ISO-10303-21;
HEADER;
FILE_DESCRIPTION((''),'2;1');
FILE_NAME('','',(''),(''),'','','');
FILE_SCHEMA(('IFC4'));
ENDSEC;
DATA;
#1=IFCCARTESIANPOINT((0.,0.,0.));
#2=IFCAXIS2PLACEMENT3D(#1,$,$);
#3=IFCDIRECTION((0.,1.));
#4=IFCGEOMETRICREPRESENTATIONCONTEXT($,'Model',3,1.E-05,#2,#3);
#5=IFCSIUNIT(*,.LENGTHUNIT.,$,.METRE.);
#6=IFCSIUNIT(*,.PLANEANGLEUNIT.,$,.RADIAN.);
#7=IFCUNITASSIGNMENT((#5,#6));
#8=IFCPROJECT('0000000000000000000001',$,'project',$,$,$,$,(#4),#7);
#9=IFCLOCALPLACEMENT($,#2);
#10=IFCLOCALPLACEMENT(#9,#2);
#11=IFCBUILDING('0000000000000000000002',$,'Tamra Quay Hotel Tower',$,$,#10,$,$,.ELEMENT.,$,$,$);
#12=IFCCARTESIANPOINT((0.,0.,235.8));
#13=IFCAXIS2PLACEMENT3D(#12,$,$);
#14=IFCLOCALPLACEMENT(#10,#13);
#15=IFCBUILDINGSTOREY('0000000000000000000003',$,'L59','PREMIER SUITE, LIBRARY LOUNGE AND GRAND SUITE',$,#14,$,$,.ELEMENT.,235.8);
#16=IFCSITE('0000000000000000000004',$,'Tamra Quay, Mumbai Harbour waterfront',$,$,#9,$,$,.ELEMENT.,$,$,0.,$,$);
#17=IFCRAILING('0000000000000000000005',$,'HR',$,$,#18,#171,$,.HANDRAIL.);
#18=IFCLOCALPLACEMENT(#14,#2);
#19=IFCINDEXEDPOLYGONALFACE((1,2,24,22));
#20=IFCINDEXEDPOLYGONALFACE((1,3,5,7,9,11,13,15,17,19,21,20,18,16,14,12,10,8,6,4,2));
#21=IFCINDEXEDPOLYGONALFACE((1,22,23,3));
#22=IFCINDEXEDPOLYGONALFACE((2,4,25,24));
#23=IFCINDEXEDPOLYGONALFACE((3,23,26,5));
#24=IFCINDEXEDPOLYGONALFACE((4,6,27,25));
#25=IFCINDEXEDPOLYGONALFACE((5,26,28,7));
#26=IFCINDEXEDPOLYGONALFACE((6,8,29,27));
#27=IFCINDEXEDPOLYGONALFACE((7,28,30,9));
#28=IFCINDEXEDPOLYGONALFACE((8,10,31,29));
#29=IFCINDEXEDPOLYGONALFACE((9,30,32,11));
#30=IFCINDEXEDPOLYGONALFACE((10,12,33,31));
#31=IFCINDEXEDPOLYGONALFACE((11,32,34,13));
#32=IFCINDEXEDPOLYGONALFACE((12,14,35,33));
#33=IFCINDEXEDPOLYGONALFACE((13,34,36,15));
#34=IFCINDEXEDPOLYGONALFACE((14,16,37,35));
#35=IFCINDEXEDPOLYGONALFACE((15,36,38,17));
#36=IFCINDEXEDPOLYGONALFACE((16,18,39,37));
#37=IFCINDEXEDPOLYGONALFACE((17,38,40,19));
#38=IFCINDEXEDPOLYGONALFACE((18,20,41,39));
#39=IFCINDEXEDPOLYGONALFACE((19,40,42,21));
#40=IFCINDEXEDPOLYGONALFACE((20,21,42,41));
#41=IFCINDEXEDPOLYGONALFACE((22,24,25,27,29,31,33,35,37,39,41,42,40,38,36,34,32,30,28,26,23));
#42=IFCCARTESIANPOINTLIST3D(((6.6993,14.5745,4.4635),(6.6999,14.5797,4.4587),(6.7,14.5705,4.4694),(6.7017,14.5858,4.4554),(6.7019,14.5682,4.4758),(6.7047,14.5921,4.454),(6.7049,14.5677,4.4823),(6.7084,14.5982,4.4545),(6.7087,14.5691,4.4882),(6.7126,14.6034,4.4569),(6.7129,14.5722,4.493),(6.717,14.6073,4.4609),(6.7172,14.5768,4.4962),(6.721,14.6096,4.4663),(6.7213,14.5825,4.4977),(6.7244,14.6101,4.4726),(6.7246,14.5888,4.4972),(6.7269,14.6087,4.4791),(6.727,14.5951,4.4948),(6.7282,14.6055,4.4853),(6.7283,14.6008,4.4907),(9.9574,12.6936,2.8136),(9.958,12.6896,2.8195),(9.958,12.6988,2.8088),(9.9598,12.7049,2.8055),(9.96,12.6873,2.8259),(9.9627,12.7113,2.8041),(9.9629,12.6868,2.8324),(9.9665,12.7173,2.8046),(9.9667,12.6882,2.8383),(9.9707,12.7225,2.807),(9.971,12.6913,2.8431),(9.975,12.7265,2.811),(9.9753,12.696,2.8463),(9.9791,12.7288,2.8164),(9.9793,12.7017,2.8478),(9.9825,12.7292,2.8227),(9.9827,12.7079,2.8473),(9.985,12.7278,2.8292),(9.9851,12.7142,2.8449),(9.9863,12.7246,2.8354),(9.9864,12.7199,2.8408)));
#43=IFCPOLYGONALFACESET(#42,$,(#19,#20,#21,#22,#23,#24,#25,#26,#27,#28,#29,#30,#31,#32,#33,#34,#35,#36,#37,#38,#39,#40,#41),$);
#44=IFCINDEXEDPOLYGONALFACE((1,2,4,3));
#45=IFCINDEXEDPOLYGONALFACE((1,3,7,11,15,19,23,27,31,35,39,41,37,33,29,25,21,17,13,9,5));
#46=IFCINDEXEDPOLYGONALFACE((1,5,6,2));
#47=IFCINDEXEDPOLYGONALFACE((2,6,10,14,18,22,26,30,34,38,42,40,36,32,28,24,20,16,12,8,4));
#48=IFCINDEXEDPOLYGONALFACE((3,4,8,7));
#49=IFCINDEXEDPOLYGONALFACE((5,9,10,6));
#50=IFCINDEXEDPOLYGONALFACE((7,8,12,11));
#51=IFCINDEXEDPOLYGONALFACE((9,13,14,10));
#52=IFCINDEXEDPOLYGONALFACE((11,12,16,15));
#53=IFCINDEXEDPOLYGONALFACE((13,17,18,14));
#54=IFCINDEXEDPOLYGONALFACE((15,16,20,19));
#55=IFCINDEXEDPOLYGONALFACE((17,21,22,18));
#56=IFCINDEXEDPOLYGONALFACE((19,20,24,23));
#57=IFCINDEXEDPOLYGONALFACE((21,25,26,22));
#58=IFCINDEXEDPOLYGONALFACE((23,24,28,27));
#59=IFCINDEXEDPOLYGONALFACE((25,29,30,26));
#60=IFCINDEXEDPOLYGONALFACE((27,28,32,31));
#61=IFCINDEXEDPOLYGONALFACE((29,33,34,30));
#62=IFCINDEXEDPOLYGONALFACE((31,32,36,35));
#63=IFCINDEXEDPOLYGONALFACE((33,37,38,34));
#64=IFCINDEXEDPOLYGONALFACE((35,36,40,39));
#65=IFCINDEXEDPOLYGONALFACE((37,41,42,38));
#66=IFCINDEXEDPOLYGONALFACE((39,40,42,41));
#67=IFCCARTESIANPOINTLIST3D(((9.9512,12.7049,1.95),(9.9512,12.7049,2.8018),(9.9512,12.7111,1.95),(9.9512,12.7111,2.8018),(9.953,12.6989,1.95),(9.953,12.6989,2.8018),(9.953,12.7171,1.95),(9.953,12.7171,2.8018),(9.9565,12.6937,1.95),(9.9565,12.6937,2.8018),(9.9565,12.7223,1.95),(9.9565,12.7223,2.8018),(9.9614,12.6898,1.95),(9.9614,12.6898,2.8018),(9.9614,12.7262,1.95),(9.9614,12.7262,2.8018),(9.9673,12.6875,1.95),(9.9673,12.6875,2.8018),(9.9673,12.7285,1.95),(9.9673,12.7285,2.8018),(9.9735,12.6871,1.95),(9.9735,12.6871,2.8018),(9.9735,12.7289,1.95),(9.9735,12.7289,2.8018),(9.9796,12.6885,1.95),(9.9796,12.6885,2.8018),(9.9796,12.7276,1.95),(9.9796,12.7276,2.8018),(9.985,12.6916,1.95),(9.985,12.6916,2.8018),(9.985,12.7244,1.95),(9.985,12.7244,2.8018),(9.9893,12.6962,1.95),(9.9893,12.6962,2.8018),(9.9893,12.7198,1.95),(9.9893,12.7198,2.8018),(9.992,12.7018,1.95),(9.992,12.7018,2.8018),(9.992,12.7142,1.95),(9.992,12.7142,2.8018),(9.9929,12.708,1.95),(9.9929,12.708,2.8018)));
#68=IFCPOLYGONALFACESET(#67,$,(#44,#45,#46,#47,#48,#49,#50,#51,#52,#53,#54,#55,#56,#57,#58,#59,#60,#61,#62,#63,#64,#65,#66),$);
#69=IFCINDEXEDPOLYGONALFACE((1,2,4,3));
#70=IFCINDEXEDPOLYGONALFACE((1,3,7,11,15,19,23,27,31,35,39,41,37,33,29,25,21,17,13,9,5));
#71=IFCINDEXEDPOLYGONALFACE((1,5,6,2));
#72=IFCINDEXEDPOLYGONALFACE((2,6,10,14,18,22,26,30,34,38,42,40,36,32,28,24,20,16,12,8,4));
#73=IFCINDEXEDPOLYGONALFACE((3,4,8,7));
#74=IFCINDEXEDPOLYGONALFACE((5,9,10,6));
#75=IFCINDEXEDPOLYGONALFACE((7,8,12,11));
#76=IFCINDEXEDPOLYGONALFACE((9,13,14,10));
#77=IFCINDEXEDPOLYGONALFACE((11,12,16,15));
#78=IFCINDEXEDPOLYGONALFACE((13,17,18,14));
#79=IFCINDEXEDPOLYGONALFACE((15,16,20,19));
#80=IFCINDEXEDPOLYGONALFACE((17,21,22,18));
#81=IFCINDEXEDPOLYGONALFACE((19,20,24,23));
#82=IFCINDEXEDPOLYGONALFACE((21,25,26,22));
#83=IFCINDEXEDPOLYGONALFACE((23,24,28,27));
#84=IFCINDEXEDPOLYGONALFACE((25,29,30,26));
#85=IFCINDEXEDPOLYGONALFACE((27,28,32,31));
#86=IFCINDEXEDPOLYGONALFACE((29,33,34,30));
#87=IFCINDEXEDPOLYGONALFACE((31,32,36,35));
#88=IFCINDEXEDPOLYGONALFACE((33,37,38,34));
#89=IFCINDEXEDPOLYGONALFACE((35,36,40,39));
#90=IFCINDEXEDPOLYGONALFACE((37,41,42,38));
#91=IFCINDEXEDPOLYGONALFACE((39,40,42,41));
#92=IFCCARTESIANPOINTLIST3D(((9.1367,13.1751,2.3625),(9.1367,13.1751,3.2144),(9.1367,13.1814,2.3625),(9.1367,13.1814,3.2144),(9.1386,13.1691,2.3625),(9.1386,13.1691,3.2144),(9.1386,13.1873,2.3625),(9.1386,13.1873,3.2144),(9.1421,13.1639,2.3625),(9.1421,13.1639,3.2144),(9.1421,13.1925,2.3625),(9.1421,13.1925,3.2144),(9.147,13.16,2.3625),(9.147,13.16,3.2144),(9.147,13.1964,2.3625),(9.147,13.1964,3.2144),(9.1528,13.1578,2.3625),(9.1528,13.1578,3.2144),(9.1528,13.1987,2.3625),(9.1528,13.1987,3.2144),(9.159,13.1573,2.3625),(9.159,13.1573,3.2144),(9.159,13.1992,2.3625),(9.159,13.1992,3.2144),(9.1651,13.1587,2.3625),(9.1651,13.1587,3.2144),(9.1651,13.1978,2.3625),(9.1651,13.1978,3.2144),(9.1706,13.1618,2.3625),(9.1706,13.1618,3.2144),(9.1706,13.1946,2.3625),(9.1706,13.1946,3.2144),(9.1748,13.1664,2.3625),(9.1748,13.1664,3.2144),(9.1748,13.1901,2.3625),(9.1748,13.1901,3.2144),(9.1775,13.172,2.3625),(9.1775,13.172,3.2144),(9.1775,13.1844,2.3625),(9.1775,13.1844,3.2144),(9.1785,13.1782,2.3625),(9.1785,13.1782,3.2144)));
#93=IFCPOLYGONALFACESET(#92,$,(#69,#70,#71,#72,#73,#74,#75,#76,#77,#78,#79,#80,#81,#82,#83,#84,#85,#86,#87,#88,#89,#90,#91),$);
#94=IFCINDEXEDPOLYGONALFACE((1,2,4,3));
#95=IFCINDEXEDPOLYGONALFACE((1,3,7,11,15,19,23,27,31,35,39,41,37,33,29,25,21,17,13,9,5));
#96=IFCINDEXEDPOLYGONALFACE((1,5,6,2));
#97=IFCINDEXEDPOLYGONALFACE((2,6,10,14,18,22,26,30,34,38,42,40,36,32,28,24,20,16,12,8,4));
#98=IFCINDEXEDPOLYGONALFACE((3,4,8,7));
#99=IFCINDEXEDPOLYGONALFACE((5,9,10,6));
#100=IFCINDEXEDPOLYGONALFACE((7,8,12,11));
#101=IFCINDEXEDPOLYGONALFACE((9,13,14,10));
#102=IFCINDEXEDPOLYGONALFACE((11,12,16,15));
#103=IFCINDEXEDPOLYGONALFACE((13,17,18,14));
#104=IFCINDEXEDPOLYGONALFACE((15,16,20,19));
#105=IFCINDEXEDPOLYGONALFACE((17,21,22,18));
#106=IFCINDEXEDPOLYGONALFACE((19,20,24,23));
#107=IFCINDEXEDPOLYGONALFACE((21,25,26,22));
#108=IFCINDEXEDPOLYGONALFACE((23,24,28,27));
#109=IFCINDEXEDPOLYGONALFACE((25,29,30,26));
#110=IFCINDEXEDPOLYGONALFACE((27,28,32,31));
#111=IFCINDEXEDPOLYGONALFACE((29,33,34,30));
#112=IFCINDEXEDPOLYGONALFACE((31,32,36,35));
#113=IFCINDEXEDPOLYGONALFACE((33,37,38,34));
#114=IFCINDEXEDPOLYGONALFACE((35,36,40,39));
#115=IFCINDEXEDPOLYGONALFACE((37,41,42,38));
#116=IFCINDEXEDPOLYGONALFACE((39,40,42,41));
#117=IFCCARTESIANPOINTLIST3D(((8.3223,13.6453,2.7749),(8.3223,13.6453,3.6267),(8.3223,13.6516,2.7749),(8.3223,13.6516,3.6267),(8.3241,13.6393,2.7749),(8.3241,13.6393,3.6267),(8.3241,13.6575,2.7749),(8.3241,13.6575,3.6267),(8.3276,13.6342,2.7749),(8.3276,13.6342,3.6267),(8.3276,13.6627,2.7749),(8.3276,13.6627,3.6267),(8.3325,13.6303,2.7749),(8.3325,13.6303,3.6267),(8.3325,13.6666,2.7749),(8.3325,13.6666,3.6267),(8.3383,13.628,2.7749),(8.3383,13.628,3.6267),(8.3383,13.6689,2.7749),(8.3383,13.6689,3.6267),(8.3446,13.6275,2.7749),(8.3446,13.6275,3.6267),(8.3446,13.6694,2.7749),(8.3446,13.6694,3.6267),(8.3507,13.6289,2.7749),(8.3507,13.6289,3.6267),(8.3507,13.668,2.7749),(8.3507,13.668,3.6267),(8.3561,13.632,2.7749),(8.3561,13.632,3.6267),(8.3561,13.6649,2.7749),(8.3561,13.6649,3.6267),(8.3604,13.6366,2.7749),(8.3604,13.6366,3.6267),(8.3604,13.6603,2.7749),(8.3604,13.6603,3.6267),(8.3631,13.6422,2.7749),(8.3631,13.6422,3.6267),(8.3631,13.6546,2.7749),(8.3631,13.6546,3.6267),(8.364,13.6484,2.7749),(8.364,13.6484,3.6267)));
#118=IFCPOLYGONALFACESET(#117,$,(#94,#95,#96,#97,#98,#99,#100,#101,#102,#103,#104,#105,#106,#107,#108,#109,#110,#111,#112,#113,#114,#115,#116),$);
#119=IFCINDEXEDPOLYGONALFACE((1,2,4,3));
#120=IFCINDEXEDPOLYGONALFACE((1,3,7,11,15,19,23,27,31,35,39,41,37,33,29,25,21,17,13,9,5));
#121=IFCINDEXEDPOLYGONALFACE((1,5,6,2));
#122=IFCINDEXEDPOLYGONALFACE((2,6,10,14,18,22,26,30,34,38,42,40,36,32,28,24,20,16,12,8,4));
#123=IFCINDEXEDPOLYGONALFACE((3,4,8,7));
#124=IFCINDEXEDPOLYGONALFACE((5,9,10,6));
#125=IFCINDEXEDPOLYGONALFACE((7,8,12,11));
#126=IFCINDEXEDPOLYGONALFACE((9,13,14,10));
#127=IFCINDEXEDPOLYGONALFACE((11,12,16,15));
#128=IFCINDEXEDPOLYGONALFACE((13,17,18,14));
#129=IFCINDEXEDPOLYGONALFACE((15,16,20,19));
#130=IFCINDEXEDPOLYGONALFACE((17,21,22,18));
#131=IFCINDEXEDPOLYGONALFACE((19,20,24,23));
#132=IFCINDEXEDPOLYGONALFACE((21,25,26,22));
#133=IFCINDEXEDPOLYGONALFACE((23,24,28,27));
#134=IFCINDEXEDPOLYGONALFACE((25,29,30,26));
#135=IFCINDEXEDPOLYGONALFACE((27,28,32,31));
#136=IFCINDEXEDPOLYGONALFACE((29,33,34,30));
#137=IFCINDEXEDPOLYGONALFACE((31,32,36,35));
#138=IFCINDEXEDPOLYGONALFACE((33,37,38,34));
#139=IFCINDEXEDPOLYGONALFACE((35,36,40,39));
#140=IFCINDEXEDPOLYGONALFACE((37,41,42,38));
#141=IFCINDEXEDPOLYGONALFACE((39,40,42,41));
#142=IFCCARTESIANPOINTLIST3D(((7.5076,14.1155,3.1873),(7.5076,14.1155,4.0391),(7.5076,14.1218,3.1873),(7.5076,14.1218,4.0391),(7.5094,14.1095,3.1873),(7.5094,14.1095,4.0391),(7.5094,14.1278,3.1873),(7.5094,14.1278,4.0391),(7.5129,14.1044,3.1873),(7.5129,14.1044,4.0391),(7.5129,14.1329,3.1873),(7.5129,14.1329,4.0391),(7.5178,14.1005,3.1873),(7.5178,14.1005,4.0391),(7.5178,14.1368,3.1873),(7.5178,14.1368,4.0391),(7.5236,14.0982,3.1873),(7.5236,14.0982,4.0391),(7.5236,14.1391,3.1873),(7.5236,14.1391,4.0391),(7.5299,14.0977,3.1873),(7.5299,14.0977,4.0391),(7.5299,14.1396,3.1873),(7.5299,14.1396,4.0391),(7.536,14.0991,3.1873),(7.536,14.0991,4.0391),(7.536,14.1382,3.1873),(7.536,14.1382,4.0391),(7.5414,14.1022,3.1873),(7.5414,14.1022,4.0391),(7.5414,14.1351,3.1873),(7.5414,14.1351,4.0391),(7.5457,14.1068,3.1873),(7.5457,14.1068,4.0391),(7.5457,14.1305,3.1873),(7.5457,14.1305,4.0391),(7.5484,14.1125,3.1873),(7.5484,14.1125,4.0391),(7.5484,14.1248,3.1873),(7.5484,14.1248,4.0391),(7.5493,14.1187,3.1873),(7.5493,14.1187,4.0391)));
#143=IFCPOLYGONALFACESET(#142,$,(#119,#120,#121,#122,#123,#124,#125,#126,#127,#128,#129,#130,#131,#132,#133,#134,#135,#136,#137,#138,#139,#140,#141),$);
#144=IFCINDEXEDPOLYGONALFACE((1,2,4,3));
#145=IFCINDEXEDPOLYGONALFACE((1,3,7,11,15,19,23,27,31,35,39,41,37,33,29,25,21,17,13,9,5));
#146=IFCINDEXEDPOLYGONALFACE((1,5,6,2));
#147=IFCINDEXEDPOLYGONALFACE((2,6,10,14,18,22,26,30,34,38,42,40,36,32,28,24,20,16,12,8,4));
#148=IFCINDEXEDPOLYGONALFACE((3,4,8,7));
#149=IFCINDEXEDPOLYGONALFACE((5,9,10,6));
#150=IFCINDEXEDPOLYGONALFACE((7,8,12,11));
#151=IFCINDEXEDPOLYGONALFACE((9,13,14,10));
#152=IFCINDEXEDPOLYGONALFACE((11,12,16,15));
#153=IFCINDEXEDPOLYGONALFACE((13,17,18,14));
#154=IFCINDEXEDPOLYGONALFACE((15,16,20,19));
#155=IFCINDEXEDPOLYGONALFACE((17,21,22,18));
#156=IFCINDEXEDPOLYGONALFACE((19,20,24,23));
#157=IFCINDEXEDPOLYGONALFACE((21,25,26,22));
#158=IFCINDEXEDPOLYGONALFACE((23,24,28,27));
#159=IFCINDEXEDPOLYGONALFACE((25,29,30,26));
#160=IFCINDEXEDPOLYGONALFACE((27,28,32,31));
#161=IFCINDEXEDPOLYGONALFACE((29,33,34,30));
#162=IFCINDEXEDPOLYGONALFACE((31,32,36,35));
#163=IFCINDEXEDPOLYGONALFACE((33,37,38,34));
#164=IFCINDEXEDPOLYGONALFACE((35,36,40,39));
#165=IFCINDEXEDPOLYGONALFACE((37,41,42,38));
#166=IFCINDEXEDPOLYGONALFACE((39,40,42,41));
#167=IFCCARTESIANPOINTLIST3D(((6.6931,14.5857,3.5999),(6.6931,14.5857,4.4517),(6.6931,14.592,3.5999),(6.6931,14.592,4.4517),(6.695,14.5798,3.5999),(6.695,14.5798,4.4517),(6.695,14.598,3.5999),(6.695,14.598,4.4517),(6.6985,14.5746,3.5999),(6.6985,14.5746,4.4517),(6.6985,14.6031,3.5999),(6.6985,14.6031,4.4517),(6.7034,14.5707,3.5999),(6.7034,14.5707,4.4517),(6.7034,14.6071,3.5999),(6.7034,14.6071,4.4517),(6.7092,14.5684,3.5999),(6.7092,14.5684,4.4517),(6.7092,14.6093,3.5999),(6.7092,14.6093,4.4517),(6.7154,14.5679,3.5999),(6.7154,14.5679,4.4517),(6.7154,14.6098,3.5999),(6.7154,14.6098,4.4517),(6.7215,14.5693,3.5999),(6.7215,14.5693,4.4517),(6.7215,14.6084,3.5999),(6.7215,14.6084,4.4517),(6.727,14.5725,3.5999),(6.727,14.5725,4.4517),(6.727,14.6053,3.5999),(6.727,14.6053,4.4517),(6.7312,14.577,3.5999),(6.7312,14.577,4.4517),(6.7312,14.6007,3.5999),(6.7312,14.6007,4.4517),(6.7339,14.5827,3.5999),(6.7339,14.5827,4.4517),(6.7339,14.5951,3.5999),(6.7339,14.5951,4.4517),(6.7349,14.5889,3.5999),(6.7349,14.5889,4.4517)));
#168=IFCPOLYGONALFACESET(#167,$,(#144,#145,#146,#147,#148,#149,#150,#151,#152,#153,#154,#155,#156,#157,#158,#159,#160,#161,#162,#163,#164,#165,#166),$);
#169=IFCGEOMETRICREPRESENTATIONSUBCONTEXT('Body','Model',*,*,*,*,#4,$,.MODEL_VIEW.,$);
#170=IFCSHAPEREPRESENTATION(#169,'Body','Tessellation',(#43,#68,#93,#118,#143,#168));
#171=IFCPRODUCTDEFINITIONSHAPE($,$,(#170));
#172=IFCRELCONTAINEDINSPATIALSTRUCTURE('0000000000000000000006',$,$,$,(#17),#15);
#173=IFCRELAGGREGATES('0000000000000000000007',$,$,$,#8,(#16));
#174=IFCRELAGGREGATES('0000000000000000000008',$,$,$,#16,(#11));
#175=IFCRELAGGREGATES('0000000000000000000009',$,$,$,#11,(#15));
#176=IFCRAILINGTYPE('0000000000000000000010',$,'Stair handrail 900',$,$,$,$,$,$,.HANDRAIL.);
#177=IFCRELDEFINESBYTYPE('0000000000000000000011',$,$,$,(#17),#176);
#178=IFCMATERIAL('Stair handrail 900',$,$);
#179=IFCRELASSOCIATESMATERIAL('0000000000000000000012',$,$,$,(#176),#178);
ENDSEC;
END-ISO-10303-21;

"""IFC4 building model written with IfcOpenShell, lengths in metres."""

from ifc_helpers import new_model, si_unit, direction, frame, origin, origin_2d, place, context, subcontext, project, spatial, circle, extrude, material, type_object, element, save


model = new_model("IFC4")

# Units and contexts
model_context = context("Model", 3, precision=1e-05, world=origin(), true_north=direction((0.0, 1.0)))
body_context = subcontext(model_context, "Body", "Model", "MODEL_VIEW")
ifc_project = project(units=[si_unit("LENGTHUNIT", "METRE"), si_unit("PLANEANGLEUNIT", "RADIAN")], contexts=[model_context])

# Site, building, storey
site_placement = place(None, origin())
site = spatial("IfcSite", under=ifc_project, at=site_placement, Name="Tamra Quay, Mumbai Harbour waterfront", CompositionType="ELEMENT", RefElevation=0.0)
building_placement = place(site_placement, origin())
building = spatial("IfcBuilding", under=site, at=building_placement, Name="Tamra Quay Hotel Tower", CompositionType="ELEMENT")
storey_placement = place(building_placement, frame((0.0, 0.0, 235.8)))
storey = spatial("IfcBuildingStorey", under=building, at=storey_placement, Name="L59", Description="PREMIER SUITE, LIBRARY LOUNGE AND GRAND SUITE", CompositionType="ELEMENT", Elevation=235.8)

# Railing
ifc_material_1 = material(Name="Stair handrail 900")
railing_type_1 = type_object("IfcRailingType", Name="Stair handrail 900", PredefinedType="HANDRAIL", material=ifc_material_1)
railing_1_placement = place(storey_placement, frame((9.9719, 12.708, 1.95)))
element("IfcRailing", 1, at=railing_1_placement, inside=storey, type_object=railing_type_1, Name="HR", PredefinedType="HANDRAIL", context=body_context, shape_type="SweptSolid", body=[
    extrude(circle(Radius=0.0239, at=origin_2d()), frame((0.0, 0.0, 0.876), z_axis=(-0.793122, 0.457865, 0.401642), x_axis=(-0.499964, -0.866046, 0.0)), (0.0, 0.0, 1.0), 4.1079),
    extrude(circle(Radius=0.021, at=origin_2d()), origin(), (0.0, 0.0, 1.0), 0.8518),
    extrude(circle(Radius=0.021, at=origin_2d()), frame((-0.8145, 0.4702, 0.4126)), (0.0, 0.0, 1.0), 0.8518),
    extrude(circle(Radius=0.021, at=origin_2d()), frame((-1.6289, 0.9404, 0.825)), (0.0, 0.0, 1.0), 0.8518),
    extrude(circle(Radius=0.021, at=origin_2d()), frame((-2.4436, 1.4106, 1.2373)), (0.0, 0.0, 1.0), 0.8518),
    extrude(circle(Radius=0.021, at=origin_2d()), frame((-3.2581, 1.8809, 1.6499)), (0.0, 0.0, 1.0), 0.8518),
])

save(model, "model.ifc")
